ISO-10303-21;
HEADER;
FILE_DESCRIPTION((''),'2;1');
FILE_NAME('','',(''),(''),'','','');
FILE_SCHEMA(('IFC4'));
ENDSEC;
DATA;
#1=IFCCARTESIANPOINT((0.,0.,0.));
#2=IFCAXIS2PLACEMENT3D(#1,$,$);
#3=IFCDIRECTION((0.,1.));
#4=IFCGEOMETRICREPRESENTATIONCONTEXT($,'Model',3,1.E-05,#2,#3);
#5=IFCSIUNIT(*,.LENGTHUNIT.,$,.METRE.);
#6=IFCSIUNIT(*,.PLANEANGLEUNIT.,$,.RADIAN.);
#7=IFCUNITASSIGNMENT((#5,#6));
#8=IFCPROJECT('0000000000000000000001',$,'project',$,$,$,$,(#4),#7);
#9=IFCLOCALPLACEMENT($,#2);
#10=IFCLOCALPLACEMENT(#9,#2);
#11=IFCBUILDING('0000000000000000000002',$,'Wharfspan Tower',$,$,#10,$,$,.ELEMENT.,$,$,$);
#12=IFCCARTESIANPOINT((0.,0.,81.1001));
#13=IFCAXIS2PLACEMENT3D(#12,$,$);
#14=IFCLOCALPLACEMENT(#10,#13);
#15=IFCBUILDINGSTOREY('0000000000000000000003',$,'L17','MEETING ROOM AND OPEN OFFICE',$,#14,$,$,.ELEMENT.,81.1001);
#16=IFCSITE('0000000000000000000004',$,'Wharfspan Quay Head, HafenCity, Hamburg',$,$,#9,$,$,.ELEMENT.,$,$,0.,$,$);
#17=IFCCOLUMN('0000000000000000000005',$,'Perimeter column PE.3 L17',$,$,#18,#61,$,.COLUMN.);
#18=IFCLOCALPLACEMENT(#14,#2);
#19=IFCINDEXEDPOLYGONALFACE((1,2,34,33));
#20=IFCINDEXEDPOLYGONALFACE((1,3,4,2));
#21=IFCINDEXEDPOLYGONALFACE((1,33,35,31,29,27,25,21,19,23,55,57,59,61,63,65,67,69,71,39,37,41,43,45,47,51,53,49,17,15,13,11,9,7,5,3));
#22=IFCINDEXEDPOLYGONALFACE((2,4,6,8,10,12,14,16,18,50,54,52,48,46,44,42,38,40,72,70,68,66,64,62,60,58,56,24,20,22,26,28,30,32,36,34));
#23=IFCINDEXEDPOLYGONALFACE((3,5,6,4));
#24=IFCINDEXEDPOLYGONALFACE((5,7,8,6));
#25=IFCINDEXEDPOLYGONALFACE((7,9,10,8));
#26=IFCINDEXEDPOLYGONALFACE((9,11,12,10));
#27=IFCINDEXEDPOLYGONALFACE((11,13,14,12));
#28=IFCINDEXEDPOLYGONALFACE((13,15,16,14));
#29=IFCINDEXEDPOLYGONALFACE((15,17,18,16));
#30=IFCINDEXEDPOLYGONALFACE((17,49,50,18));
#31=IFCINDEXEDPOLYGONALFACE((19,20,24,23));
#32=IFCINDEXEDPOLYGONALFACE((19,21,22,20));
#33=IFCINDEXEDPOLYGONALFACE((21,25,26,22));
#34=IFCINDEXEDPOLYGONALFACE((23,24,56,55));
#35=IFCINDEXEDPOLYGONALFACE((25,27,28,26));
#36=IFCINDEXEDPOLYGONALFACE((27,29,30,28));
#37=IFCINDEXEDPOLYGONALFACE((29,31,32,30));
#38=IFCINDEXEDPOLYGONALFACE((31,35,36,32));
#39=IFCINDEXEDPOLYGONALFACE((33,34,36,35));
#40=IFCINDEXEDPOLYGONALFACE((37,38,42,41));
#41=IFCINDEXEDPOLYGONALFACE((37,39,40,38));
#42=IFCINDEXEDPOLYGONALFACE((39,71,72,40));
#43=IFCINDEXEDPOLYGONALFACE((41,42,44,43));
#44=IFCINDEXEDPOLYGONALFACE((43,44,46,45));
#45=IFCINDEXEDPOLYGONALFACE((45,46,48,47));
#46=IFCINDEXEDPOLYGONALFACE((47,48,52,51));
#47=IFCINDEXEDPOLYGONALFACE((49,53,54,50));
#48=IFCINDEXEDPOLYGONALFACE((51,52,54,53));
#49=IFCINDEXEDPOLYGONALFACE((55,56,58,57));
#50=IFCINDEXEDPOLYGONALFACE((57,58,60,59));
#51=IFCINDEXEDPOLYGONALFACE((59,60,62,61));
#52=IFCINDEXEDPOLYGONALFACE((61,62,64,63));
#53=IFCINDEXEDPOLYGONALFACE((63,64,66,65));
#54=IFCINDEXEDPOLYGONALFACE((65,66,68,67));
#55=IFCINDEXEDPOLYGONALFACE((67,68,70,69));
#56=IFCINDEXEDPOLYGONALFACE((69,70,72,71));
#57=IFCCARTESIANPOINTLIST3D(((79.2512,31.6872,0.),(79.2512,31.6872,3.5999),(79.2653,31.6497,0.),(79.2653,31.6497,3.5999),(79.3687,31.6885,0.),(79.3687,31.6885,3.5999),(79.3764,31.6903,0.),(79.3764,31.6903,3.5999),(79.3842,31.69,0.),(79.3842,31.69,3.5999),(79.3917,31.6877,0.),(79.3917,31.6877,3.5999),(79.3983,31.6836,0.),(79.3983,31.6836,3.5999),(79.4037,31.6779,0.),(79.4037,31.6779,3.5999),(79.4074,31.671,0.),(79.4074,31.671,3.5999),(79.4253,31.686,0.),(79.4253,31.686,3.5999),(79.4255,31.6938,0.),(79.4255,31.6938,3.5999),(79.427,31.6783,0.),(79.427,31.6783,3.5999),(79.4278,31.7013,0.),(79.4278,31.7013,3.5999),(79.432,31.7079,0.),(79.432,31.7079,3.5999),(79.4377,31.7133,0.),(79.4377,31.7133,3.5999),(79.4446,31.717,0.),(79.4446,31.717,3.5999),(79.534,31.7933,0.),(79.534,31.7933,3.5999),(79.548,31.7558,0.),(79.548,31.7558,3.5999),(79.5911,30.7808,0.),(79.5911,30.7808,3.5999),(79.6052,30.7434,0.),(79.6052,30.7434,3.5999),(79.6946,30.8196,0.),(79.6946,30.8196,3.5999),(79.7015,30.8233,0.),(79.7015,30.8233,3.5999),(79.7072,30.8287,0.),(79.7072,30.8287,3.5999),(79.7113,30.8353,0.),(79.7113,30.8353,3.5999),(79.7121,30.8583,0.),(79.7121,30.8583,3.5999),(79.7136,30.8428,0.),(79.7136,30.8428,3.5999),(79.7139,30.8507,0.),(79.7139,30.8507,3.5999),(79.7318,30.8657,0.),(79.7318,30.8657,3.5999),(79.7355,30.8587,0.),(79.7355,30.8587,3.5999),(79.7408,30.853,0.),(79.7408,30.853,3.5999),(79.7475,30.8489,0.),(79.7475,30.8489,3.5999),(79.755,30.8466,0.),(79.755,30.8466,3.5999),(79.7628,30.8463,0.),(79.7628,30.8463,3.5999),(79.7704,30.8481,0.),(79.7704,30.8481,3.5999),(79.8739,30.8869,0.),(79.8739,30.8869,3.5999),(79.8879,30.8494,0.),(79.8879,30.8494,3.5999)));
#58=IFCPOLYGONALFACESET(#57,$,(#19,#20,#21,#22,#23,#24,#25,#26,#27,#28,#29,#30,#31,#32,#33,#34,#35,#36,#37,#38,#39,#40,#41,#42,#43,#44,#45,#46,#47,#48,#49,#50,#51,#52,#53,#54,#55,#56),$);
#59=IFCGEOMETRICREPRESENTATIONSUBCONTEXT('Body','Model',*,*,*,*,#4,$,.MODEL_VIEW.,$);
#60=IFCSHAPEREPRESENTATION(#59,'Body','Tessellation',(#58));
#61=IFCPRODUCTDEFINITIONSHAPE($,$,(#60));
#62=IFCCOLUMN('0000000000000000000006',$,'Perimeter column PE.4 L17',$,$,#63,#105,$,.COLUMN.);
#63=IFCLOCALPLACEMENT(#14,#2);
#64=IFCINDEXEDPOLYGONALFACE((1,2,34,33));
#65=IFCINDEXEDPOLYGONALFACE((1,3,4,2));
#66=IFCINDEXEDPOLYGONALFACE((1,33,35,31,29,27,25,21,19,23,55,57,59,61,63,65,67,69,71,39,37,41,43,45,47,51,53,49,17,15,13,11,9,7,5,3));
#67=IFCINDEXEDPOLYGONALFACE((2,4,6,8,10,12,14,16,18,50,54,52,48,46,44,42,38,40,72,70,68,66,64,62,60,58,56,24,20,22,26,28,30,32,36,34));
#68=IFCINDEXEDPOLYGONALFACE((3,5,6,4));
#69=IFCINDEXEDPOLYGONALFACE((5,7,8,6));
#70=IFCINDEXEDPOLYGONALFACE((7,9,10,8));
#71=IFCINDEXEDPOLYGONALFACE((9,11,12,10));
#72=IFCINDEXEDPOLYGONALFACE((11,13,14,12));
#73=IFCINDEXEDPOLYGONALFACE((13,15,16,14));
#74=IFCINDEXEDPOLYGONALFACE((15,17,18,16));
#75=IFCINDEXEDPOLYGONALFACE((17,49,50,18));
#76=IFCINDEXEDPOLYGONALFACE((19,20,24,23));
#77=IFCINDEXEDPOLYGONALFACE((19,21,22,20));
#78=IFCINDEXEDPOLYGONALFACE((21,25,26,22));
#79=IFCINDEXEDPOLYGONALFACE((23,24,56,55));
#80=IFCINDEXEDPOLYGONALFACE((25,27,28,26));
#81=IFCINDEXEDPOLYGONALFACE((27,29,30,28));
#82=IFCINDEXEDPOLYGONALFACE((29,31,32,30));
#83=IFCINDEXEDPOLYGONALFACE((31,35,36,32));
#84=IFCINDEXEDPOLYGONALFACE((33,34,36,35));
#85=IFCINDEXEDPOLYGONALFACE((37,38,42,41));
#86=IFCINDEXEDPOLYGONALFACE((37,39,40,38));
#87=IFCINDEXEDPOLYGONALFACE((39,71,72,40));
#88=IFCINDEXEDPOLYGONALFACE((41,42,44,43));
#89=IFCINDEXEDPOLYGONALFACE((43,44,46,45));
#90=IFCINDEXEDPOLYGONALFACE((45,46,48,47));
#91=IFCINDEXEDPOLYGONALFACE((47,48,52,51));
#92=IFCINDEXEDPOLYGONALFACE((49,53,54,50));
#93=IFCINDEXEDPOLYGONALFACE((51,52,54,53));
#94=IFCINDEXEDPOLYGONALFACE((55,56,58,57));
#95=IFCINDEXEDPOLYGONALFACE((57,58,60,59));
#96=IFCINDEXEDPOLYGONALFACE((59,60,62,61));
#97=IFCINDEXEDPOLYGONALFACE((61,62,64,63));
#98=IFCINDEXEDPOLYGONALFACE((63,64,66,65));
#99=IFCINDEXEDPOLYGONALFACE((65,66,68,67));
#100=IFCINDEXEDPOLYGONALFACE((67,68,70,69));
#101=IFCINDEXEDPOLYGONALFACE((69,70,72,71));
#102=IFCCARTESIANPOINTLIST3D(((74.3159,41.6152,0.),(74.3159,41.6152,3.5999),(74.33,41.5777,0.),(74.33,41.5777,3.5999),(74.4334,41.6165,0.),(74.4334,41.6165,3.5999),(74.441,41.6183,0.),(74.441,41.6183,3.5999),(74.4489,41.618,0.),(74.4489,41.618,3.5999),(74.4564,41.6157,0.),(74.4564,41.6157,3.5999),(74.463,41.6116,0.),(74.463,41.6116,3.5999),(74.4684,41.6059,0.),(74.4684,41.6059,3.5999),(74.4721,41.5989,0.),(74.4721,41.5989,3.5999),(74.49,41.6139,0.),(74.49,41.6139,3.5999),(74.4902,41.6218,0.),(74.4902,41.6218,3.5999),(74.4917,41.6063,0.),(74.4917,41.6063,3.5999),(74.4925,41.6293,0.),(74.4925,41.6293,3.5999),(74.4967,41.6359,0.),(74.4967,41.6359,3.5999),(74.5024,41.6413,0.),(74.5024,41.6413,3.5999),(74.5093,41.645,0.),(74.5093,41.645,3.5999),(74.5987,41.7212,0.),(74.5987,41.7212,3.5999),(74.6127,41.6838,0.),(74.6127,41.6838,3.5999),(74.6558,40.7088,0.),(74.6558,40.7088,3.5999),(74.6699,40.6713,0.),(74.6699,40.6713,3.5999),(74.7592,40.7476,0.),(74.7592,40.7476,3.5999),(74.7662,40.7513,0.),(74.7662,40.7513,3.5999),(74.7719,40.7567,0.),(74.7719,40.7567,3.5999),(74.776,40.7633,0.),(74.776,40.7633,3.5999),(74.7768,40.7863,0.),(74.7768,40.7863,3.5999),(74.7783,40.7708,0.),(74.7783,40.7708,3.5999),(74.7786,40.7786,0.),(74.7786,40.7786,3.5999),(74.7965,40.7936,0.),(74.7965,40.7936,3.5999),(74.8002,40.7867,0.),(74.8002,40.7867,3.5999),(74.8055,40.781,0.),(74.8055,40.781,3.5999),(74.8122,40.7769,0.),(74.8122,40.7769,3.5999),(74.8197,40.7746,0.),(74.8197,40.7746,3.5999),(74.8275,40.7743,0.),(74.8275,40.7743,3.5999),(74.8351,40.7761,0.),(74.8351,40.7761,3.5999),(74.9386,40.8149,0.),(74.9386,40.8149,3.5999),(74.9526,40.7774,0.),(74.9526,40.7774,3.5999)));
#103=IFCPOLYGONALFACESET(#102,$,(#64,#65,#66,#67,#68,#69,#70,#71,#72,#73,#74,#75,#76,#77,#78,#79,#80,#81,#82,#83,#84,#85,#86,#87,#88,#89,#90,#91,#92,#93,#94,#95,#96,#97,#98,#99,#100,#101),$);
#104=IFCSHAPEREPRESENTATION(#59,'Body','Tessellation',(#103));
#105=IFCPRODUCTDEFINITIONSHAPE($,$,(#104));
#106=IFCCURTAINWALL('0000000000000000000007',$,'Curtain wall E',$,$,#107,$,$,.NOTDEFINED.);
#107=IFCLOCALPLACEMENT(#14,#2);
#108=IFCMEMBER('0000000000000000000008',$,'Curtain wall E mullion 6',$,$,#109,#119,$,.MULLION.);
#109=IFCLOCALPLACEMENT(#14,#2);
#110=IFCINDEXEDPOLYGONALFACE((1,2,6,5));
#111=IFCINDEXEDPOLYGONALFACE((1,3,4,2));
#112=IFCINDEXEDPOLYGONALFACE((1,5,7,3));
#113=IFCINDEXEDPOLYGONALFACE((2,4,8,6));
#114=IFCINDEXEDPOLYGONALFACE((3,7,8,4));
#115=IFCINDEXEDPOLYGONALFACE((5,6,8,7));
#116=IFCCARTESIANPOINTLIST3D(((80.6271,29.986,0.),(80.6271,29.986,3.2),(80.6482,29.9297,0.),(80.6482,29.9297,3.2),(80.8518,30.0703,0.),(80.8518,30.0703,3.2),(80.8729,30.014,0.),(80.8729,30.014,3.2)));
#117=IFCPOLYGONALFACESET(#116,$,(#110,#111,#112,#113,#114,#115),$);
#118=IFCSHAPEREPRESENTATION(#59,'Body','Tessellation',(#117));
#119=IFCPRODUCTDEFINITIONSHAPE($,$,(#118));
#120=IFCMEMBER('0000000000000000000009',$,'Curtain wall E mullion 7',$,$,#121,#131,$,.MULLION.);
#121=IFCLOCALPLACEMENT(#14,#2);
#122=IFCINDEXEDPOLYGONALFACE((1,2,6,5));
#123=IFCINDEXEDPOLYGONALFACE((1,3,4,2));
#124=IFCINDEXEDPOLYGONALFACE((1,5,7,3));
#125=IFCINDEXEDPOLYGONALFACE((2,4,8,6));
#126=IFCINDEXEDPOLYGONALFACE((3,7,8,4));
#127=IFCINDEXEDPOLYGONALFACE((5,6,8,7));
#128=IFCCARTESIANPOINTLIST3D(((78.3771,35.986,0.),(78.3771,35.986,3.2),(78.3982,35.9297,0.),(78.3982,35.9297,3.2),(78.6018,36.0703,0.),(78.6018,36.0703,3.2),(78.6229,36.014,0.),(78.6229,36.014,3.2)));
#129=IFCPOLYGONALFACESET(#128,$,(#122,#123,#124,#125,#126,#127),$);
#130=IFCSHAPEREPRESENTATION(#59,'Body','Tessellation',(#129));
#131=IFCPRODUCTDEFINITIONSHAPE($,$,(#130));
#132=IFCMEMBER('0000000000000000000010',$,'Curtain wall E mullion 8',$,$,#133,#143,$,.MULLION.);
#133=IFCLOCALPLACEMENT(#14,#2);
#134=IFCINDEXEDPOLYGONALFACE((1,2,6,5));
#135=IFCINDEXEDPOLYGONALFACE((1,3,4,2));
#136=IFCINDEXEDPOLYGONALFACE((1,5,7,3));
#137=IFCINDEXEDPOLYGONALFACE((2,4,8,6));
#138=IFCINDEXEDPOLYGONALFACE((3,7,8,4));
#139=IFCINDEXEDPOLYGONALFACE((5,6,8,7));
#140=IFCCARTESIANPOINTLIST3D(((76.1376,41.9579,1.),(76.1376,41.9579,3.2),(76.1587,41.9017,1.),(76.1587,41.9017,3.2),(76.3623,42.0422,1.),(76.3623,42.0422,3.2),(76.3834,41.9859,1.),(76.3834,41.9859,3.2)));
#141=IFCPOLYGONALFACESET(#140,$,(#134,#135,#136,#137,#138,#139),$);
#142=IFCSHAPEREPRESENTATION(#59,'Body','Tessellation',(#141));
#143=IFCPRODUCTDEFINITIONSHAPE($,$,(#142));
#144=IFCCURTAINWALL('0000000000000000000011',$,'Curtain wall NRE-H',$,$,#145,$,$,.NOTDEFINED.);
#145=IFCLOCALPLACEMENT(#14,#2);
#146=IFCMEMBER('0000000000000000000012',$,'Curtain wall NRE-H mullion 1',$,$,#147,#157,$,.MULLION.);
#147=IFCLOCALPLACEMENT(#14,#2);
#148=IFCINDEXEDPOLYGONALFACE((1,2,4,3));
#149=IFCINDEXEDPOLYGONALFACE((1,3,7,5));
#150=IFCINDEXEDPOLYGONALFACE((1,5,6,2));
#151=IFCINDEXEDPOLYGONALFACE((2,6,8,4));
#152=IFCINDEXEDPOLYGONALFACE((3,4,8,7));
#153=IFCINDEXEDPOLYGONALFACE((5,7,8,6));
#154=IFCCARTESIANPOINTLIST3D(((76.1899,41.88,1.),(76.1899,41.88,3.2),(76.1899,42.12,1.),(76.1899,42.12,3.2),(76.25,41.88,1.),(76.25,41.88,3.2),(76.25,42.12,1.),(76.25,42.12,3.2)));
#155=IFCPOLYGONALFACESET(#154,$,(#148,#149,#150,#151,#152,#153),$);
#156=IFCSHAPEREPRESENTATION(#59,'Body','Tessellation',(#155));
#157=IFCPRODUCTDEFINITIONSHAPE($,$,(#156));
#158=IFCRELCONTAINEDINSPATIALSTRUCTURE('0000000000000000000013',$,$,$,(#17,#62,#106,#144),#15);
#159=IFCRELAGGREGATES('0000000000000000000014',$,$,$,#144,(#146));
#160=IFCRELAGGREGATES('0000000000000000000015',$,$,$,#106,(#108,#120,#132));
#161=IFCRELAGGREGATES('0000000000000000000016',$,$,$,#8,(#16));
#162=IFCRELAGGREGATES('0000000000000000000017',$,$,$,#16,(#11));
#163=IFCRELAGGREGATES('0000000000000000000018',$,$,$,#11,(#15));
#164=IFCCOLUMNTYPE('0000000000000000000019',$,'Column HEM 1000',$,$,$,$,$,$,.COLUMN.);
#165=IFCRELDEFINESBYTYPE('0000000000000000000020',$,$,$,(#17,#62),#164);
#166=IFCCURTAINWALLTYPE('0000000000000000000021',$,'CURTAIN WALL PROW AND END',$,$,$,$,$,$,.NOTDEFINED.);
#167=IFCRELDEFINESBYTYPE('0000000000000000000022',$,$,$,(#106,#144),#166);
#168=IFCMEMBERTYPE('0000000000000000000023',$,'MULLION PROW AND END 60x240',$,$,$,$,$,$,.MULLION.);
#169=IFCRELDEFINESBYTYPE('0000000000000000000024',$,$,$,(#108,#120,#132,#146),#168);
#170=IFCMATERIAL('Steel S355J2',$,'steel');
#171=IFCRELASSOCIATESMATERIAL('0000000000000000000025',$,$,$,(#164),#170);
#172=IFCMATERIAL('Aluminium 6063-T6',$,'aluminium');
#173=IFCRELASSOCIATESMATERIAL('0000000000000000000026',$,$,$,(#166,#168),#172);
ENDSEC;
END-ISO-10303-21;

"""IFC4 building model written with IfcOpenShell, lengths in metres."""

from ifc_helpers import new_model, si_unit, direction, frame, origin, origin_2d, place, context, subcontext, project, spatial, rectangle, i_section, extrude, material, material_profile, profile_set, type_object, element, aggregate, save


model = new_model("IFC4")

# Units and contexts
model_context = context("Model", 3, precision=1e-05, world=origin(), true_north=direction((0.0, 1.0)))
body_context = subcontext(model_context, "Body", "Model", "MODEL_VIEW")
ifc_project = project(units=[si_unit("LENGTHUNIT", "METRE"), si_unit("PLANEANGLEUNIT", "RADIAN")], contexts=[model_context])

# Site, building, storey
site_placement = place(None, origin())
site = spatial("IfcSite", under=ifc_project, at=site_placement, Name="Wharfspan Quay Head, HafenCity, Hamburg", CompositionType="ELEMENT", RefElevation=0.0)
building_placement = place(site_placement, origin())
building = spatial("IfcBuilding", under=site, at=building_placement, Name="Wharfspan Tower", CompositionType="ELEMENT")
storey_placement = place(building_placement, frame((0.0, 0.0, 81.1001)))
storey = spatial("IfcBuildingStorey", under=building, at=storey_placement, Name="L17", Description="MEETING ROOM AND OPEN OFFICE", CompositionType="ELEMENT", Elevation=81.1001)

# Columns
ifc_material_1 = material(Name="Steel S355J2", Category="steel")
ifc_material_profile_1 = material_profile(ifc_material_1, i_section(OverallWidth=0.302, OverallDepth=1.0081, WebThickness=0.021, FlangeThickness=0.04, FilletRadius=0.03, at=origin_2d()))
ifc_profile_set_1 = profile_set([ifc_material_profile_1], Name="Steel S355J2")
column_type = type_object("IfcColumnType", Name="Column HEM 1000", PredefinedType="COLUMN", material=ifc_profile_set_1)
for number, where, z_axis, x_axis, name in (
    (1, (79.5696, 31.2683, 0.0), (0.0, 0.0, 1.0), (0.936328, 0.351123, 0.0), "Perimeter column PE.3 L17"),
    (2, (74.6343, 41.1963, 0.0), (0.0, 0.0, 1.0), (0.936328, 0.351123, 0.0), "Perimeter column PE.4 L17"),
):
    element("IfcColumn", number, at=place(storey_placement, frame(where, z_axis=z_axis, x_axis=x_axis)), inside=storey, type_object=column_type, Name=name, PredefinedType="COLUMN", context=body_context, shape_type="SweptSolid", body=[
        extrude(i_section(OverallWidth=0.302, OverallDepth=1.0081, WebThickness=0.021, FlangeThickness=0.04, FilletRadius=0.03, at=origin_2d()), origin(), (0.0, 0.0, 1.0), 3.5999),
    ])

# Curtain wall, members
ifc_material_2 = material(Name="Aluminium 6063-T6", Category="aluminium")
curtain_wall_type = type_object("IfcCurtainWallType", Name="CURTAIN WALL PROW AND END", PredefinedType="NOTDEFINED", material=ifc_material_2)
curtain_wall_1_placement = place(storey_placement, origin())
curtain_wall_1 = element("IfcCurtainWall", 3, at=curtain_wall_1_placement, inside=storey, type_object=curtain_wall_type, Name="Curtain wall E", PredefinedType="NOTDEFINED")
ifc_material_profile_2 = material_profile(ifc_material_2, rectangle(XDim=0.24, YDim=0.0601, at=origin_2d()))
ifc_profile_set_2 = profile_set([ifc_material_profile_2], Name="Aluminium 6063-T6")
member_type_1 = type_object("IfcMemberType", Name="MULLION PROW AND END 60x240", PredefinedType="MULLION", material=ifc_profile_set_2)
member_1_placement = place(storey_placement, frame((80.75, 30.0, 0.0), z_axis=(0.0, 0.0, 1.0), x_axis=(-0.936328, -0.351123, 0.0)))
member_1 = element("IfcMember", 4, at=member_1_placement, type_object=member_type_1, Name="Curtain wall E mullion 6", PredefinedType="MULLION", context=body_context, shape_type="SweptSolid", body=[
    extrude(rectangle(XDim=0.24, YDim=0.0601, at=origin_2d()), origin(), (0.0, 0.0, 1.0), 3.2),
])
member_2_placement = place(storey_placement, frame((78.5, 36.0, 0.0), z_axis=(0.0, 0.0, 1.0), x_axis=(-0.936328, -0.351123, 0.0)))
member_2 = element("IfcMember", 5, at=member_2_placement, type_object=member_type_1, Name="Curtain wall E mullion 7", PredefinedType="MULLION", context=body_context, shape_type="SweptSolid", body=[
    extrude(rectangle(XDim=0.24, YDim=0.0601, at=origin_2d()), origin(), (0.0, 0.0, 1.0), 3.2),
])
member_3_placement = place(storey_placement, frame((76.2605, 41.9719, 1.0), z_axis=(0.0, 0.0, 1.0), x_axis=(-0.936328, -0.351123, 0.0)))
member_3 = element("IfcMember", 6, at=member_3_placement, type_object=member_type_1, Name="Curtain wall E mullion 8", PredefinedType="MULLION", context=body_context, shape_type="SweptSolid", body=[
    extrude(rectangle(XDim=0.24, YDim=0.0601, at=origin_2d()), origin(), (0.0, 0.0, 1.0), 2.2),
])

# Curtain wall, member
curtain_wall_2_placement = place(storey_placement, origin())
curtain_wall_2 = element("IfcCurtainWall", 7, at=curtain_wall_2_placement, inside=storey, type_object=curtain_wall_type, Name="Curtain wall NRE-H", PredefinedType="NOTDEFINED")
member_4_placement = place(storey_placement, frame((76.22, 42.0, 1.0), z_axis=(0.0, 0.0, 1.0), x_axis=(0.0, -1.0, 0.0)))
member_4 = element("IfcMember", 8, at=member_4_placement, type_object=member_type_1, Name="Curtain wall NRE-H mullion 1", PredefinedType="MULLION", context=body_context, shape_type="SweptSolid", body=[
    extrude(rectangle(XDim=0.24, YDim=0.0601, at=origin_2d()), origin(), (0.0, 0.0, 1.0), 2.2),
])

aggregate(curtain_wall_2, [member_4])
aggregate(curtain_wall_1, [member_1, member_2, member_3])

save(model, "model.ifc")
